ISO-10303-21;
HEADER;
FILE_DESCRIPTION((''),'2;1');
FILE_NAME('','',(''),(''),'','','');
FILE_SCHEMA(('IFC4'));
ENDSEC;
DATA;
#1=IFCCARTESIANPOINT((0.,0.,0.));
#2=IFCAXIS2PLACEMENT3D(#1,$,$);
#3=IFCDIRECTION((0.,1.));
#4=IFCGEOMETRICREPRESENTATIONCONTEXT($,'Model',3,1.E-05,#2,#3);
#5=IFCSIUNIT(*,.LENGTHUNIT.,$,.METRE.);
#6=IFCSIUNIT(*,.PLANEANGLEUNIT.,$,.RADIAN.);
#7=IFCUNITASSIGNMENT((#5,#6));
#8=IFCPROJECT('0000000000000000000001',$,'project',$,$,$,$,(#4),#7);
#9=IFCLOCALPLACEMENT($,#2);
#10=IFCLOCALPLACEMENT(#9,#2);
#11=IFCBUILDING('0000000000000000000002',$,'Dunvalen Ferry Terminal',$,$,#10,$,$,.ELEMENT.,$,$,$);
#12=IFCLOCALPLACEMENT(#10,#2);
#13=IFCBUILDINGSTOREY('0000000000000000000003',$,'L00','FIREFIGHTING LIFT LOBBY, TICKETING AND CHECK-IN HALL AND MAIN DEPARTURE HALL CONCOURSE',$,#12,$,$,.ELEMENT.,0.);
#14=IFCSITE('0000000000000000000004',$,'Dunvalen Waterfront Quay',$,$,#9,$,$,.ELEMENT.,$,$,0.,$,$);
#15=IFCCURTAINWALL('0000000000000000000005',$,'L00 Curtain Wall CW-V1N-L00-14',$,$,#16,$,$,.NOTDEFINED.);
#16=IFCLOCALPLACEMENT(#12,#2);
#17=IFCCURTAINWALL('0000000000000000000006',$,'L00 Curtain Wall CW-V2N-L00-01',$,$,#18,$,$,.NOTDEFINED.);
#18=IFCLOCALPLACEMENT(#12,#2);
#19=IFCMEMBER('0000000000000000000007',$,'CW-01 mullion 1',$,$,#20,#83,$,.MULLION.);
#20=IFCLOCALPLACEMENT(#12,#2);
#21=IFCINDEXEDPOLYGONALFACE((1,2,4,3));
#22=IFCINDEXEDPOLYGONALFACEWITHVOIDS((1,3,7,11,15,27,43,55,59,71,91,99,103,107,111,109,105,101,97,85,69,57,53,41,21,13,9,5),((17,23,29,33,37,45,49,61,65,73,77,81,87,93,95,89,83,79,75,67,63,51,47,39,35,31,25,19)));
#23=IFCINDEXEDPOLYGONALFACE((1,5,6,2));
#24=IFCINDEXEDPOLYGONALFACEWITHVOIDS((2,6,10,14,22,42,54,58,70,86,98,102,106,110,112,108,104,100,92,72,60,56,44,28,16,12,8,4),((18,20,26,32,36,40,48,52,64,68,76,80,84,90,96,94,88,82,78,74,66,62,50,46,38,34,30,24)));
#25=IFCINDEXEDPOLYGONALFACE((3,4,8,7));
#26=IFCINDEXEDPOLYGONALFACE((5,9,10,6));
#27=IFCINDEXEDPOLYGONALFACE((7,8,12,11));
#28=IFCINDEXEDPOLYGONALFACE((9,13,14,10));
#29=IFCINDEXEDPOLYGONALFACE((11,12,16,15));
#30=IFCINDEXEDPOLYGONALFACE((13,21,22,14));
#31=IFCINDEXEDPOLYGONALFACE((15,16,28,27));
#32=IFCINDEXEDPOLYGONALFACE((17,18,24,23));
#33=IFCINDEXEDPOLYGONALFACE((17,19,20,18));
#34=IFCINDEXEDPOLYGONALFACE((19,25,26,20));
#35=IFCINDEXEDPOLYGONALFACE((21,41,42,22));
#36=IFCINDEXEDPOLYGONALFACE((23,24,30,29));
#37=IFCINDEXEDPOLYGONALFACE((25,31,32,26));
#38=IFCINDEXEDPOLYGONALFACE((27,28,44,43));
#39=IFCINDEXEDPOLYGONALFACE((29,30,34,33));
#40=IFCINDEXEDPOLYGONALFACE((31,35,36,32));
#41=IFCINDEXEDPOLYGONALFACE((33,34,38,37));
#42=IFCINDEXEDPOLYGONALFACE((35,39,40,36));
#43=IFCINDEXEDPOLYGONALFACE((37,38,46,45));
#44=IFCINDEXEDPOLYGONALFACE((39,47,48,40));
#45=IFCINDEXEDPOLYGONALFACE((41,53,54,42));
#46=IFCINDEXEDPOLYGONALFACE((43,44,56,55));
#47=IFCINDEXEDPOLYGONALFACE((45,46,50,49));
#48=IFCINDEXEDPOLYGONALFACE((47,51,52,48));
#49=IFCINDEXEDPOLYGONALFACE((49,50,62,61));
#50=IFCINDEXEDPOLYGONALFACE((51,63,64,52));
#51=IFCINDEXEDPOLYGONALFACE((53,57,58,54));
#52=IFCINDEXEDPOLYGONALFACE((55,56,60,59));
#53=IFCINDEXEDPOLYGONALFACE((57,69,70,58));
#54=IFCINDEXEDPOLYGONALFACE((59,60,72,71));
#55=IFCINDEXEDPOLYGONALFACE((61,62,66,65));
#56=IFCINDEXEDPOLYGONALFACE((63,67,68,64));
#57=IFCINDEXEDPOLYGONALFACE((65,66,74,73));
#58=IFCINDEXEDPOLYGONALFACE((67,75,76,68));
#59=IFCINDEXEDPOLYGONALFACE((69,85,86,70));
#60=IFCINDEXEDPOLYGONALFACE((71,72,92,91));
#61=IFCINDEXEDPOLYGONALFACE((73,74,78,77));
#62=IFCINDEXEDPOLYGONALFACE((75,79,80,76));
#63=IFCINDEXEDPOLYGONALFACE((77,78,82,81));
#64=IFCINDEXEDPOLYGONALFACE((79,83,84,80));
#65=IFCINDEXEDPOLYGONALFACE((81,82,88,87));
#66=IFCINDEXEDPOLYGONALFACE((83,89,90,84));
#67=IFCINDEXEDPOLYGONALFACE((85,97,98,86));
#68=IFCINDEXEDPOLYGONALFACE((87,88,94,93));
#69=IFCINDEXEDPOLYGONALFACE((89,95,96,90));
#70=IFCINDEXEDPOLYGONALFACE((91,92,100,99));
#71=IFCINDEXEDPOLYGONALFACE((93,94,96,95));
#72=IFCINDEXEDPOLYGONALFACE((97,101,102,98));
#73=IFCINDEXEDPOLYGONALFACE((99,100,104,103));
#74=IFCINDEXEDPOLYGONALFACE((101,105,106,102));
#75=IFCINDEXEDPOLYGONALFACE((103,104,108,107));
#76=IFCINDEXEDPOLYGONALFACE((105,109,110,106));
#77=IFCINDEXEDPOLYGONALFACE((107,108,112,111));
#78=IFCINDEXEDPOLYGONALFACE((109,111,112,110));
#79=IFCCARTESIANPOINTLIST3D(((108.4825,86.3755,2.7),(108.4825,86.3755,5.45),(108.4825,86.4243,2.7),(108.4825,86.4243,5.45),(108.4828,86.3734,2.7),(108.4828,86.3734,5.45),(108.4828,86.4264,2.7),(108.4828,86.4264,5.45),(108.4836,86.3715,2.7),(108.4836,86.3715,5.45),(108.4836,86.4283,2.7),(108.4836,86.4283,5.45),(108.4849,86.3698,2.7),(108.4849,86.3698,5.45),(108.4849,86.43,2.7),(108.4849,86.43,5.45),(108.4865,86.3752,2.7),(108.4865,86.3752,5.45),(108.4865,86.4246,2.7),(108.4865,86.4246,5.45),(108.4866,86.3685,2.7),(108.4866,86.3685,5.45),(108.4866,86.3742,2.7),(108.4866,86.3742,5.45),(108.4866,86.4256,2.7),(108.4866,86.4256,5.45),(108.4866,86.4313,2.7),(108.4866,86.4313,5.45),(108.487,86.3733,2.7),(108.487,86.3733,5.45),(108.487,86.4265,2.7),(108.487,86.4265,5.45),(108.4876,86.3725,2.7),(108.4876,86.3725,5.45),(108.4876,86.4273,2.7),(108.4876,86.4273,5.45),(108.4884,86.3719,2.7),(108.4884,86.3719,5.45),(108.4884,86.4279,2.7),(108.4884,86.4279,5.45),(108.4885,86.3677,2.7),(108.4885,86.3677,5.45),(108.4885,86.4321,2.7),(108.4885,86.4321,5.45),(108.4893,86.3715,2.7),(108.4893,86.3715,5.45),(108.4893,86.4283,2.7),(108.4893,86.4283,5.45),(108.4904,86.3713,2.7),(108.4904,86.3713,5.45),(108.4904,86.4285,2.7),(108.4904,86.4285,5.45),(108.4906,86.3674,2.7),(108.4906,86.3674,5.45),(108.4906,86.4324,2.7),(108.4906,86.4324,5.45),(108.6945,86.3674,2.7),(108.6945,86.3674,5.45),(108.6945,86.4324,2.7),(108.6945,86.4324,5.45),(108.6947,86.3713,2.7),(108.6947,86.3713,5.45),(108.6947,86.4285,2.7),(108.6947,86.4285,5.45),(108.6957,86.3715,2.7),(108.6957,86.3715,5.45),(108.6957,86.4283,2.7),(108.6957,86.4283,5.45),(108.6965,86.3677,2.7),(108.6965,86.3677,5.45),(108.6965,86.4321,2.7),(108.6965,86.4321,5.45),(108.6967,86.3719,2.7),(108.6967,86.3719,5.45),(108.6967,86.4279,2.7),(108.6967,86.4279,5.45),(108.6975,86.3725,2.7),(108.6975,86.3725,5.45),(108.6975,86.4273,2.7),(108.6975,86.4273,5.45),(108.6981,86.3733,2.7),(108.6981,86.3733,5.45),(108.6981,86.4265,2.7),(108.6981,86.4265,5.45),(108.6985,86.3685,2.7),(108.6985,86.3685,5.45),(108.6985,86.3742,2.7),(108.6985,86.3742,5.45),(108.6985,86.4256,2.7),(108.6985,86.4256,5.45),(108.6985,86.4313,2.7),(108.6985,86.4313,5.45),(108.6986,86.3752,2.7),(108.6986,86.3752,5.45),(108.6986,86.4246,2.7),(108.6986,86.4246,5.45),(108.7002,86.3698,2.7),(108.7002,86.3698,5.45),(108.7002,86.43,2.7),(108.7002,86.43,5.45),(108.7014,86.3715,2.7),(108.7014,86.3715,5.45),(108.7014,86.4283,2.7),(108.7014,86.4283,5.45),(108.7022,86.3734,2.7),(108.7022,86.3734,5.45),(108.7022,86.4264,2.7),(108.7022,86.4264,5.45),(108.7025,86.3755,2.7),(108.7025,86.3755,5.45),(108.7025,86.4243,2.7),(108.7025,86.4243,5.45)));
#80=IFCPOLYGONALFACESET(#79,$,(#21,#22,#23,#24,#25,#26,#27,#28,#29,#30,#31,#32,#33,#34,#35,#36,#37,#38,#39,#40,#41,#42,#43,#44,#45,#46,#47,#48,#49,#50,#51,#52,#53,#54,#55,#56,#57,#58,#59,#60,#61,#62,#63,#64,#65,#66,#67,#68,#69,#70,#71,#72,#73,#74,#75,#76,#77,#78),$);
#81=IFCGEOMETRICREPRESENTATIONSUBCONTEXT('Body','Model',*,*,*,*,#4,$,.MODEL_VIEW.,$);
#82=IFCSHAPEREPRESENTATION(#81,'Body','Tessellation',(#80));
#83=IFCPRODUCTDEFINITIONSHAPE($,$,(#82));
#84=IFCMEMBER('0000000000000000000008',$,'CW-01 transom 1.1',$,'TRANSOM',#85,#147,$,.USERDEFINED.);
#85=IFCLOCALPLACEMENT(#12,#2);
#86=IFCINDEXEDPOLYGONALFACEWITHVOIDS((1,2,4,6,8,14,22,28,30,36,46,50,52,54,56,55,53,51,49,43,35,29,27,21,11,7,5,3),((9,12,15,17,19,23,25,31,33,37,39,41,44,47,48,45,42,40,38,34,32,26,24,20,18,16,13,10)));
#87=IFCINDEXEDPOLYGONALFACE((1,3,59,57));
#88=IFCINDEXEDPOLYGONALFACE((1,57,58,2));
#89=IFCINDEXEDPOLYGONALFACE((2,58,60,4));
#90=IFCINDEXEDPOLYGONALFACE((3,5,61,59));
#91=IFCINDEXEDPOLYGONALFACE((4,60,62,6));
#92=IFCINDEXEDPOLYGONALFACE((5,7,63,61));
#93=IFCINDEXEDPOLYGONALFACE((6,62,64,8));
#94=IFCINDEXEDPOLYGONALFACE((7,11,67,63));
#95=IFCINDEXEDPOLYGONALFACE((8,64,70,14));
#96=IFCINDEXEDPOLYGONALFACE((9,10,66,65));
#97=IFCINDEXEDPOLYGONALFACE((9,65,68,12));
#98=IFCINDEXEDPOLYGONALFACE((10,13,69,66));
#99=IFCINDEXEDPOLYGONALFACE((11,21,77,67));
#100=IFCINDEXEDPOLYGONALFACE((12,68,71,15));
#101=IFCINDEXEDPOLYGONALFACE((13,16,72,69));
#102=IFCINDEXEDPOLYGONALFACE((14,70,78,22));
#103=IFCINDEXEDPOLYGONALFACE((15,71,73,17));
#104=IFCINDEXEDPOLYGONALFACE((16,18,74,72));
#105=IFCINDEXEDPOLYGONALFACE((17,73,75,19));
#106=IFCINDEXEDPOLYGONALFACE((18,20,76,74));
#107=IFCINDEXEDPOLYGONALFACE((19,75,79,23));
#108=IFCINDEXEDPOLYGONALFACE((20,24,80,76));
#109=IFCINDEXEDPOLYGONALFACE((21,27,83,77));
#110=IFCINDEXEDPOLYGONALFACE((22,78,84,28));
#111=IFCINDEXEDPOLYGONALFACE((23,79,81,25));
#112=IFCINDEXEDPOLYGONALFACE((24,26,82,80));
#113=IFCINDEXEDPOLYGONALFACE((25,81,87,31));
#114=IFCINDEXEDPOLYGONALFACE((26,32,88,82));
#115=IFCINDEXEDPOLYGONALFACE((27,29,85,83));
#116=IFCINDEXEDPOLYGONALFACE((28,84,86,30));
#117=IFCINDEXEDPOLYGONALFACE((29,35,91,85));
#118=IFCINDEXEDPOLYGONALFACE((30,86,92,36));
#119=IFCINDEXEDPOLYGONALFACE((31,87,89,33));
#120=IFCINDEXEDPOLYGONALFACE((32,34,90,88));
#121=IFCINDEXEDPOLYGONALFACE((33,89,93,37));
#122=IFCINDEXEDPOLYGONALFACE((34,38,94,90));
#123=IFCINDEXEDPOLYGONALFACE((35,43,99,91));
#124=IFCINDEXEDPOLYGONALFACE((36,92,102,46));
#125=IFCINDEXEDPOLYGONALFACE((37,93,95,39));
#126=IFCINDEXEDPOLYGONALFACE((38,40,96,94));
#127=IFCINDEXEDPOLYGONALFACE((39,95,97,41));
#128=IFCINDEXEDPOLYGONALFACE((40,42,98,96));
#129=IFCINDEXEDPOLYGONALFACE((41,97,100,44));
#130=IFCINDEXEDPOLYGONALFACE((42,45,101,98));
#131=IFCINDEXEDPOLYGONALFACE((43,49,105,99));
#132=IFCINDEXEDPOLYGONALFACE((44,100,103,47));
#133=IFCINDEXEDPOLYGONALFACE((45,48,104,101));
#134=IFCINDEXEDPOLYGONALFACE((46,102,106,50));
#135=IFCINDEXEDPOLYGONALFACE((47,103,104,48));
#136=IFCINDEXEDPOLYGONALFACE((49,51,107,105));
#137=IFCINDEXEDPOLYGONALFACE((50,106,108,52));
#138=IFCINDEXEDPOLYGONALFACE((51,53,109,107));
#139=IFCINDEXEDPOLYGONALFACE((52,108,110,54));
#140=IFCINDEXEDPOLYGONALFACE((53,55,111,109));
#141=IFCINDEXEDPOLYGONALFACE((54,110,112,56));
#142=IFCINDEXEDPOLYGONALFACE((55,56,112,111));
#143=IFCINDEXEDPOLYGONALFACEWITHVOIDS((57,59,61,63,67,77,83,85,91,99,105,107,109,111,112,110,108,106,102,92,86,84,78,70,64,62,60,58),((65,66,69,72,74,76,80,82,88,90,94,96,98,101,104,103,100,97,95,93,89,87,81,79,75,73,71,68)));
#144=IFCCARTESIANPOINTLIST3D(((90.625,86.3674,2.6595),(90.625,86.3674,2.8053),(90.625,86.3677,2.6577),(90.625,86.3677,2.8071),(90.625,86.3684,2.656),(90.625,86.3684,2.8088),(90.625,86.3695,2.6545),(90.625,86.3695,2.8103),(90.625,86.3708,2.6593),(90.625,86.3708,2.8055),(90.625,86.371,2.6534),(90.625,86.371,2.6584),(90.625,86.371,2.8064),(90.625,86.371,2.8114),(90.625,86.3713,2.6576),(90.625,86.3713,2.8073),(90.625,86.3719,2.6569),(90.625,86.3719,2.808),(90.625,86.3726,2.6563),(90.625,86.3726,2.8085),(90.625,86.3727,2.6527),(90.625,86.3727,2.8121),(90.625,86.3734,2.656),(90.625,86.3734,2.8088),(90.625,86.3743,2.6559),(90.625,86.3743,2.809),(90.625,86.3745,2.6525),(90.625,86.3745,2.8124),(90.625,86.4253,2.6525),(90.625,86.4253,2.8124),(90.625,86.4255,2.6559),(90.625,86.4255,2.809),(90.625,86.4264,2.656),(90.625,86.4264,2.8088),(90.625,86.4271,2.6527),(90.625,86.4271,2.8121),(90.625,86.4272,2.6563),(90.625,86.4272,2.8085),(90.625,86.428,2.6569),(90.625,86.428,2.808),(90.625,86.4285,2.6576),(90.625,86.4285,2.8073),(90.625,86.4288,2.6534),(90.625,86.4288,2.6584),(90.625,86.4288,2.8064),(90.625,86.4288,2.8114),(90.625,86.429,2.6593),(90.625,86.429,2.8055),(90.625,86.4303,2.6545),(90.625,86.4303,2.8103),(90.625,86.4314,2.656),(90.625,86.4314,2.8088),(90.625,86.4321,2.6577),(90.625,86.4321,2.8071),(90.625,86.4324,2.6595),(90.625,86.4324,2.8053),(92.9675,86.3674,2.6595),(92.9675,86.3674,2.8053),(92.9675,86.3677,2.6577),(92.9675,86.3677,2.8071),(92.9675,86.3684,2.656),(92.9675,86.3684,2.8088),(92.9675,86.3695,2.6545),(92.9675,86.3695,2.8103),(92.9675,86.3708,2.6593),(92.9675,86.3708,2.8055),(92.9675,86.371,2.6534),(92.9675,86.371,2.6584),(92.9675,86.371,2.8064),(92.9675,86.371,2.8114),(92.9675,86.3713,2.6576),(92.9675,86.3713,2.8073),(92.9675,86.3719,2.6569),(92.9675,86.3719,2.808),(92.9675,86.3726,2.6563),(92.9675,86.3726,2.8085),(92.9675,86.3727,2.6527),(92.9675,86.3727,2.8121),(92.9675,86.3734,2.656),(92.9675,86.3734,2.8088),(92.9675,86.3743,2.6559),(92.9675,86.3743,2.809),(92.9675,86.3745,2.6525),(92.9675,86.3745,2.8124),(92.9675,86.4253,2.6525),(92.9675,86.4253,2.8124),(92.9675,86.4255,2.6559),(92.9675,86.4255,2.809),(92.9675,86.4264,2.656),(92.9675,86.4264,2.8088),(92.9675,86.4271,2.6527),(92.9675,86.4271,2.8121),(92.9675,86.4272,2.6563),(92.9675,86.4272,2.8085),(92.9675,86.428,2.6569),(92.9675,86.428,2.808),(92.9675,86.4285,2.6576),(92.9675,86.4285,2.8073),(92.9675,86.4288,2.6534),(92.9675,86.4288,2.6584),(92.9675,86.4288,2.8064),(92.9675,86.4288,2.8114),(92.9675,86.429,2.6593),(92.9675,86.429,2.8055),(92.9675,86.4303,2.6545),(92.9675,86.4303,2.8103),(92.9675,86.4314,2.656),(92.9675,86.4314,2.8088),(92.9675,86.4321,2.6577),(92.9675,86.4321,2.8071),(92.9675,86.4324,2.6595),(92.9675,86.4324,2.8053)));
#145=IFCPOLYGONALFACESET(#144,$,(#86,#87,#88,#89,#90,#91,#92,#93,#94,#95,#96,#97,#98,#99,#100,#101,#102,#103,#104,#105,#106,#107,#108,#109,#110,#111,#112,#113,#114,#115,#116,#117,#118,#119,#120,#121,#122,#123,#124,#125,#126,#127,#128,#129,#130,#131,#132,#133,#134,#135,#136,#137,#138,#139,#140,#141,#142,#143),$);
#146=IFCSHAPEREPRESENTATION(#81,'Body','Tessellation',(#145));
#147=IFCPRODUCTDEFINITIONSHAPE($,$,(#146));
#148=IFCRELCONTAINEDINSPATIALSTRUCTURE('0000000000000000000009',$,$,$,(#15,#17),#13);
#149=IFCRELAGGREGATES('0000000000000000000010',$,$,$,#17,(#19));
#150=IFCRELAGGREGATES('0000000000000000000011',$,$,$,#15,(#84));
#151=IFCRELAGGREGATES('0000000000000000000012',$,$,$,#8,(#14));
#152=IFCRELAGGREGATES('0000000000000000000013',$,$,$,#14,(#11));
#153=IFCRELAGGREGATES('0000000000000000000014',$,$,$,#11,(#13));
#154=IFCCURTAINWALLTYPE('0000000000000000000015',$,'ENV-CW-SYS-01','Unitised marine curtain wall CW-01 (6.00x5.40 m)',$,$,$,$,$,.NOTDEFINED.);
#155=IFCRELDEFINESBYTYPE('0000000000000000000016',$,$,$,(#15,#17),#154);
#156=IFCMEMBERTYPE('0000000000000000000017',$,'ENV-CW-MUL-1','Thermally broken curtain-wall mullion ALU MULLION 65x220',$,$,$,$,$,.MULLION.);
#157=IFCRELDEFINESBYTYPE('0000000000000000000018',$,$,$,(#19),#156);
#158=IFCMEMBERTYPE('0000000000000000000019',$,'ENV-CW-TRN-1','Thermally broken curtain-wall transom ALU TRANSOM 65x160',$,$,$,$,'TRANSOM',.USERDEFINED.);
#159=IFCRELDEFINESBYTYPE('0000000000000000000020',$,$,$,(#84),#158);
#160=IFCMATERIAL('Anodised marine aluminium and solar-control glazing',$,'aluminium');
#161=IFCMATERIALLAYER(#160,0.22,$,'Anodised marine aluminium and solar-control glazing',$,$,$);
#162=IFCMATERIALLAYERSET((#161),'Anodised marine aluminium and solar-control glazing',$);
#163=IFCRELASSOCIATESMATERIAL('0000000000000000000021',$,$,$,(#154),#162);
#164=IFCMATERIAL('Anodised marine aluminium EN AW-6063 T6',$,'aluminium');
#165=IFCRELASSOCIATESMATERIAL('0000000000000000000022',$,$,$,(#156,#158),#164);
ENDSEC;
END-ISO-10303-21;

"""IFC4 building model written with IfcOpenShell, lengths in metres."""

from ifc_helpers import new_model, si_unit, direction, frame, origin, origin_2d, place, context, subcontext, project, spatial, hollow_rectangle, extrude, material, layer, layer_set, material_profile, profile_set, type_object, element, aggregate, save


model = new_model("IFC4")

# Units and contexts
model_context = context("Model", 3, precision=1e-05, world=origin(), true_north=direction((0.0, 1.0)))
body_context = subcontext(model_context, "Body", "Model", "MODEL_VIEW")
ifc_project = project(units=[si_unit("LENGTHUNIT", "METRE"), si_unit("PLANEANGLEUNIT", "RADIAN")], contexts=[model_context])

# Site, building, storey
site_placement = place(None, origin())
site = spatial("IfcSite", under=ifc_project, at=site_placement, Name="Dunvalen Waterfront Quay", CompositionType="ELEMENT", RefElevation=0.0)
building_placement = place(site_placement, origin())
building = spatial("IfcBuilding", under=site, at=building_placement, Name="Dunvalen Ferry Terminal", CompositionType="ELEMENT")
storey_placement = place(building_placement, origin())
storey = spatial("IfcBuildingStorey", under=building, at=storey_placement, Name="L00", Description="FIREFIGHTING LIFT LOBBY, TICKETING AND CHECK-IN HALL AND MAIN DEPARTURE HALL CONCOURSE", CompositionType="ELEMENT", Elevation=0.0)

# Curtain wall
ifc_material_1 = material(Name="Anodised marine aluminium and solar-control glazing", Category="aluminium")
ifc_layer_1 = layer(ifc_material_1, 0.22, Name="Anodised marine aluminium and solar-control glazing")
ifc_layer_set_1 = layer_set([ifc_layer_1], Name="Anodised marine aluminium and solar-control glazing")
curtain_wall_type = type_object("IfcCurtainWallType", Name="ENV-CW-SYS-01", Description="Unitised marine curtain wall CW-01 (6.00x5.40 m)", PredefinedType="NOTDEFINED", material=ifc_layer_set_1)
curtain_wall_1_placement = place(storey_placement, origin())
curtain_wall_1 = element("IfcCurtainWall", 1, at=curtain_wall_1_placement, inside=storey, type_object=curtain_wall_type, Name="L00 Curtain Wall CW-V1N-L00-14", PredefinedType="NOTDEFINED")
ifc_material_2 = material(Name="Anodised marine aluminium EN AW-6063 T6", Category="aluminium")
ifc_material_profile_1 = material_profile(ifc_material_2, hollow_rectangle(XDim=0.0649, YDim=0.22, WallThickness=0.0039, InnerFilletRadius=0.0039, OuterFilletRadius=0.0081, at=origin_2d()), Name="Anodised marine aluminium EN AW-6063 T6")
ifc_profile_set_1 = profile_set([ifc_material_profile_1], Name="Anodised marine aluminium EN AW-6063 T6")
member_type_1 = type_object("IfcMemberType", Name="ENV-CW-MUL-1", Description="Thermally broken curtain-wall mullion ALU MULLION 65x220", PredefinedType="MULLION", material=ifc_profile_set_1)

# Curtain wall, member
curtain_wall_2_placement = place(storey_placement, origin())
curtain_wall_2 = element("IfcCurtainWall", 2, at=curtain_wall_2_placement, inside=storey, type_object=curtain_wall_type, Name="L00 Curtain Wall CW-V2N-L00-01", PredefinedType="NOTDEFINED")
member_1_placement = place(storey_placement, frame((108.5925, 86.3999, 2.7), z_axis=(0.0, 0.0, 1.0), x_axis=(0.0, 1.0, 0.0)))
member_1 = element("IfcMember", 3, at=member_1_placement, type_object=member_type_1, Name="CW-01 mullion 1", PredefinedType="MULLION", context=body_context, shape_type="SweptSolid", body=[
    extrude(hollow_rectangle(XDim=0.0649, YDim=0.22, WallThickness=0.0039, InnerFilletRadius=0.0039, OuterFilletRadius=0.0081, at=origin_2d()), origin(), (0.0, 0.0, 1.0), 2.75),
])

# Member
ifc_material_profile_2 = material_profile(ifc_material_2, hollow_rectangle(XDim=0.0649, YDim=0.1599, WallThickness=0.0034, InnerFilletRadius=0.0034, OuterFilletRadius=0.0071, at=origin_2d()), Name="Anodised marine aluminium EN AW-6063 T6")
ifc_profile_set_2 = profile_set([ifc_material_profile_2], Name="Anodised marine aluminium EN AW-6063 T6")
member_type_2 = type_object("IfcMemberType", Name="ENV-CW-TRN-1", Description="Thermally broken curtain-wall transom ALU TRANSOM 65x160", ElementType="TRANSOM", PredefinedType="USERDEFINED", material=ifc_profile_set_2)
member_2_placement = place(storey_placement, frame((90.625, 86.3999, 2.7324), z_axis=(1.0, 0.0, 0.0), x_axis=(0.0, 1.0, 0.0)))
member_2 = element("IfcMember", 4, at=member_2_placement, type_object=member_type_2, Name="CW-01 transom 1.1", ObjectType="TRANSOM", PredefinedType="USERDEFINED", context=body_context, shape_type="SweptSolid", body=[
    extrude(hollow_rectangle(XDim=0.0649, YDim=0.1599, WallThickness=0.0034, InnerFilletRadius=0.0034, OuterFilletRadius=0.0071, at=origin_2d()), origin(), (0.0, 0.0, 1.0), 2.3425),
])
aggregate(curtain_wall_2, [member_1])

aggregate(curtain_wall_1, [member_2])

save(model, "model.ifc")
